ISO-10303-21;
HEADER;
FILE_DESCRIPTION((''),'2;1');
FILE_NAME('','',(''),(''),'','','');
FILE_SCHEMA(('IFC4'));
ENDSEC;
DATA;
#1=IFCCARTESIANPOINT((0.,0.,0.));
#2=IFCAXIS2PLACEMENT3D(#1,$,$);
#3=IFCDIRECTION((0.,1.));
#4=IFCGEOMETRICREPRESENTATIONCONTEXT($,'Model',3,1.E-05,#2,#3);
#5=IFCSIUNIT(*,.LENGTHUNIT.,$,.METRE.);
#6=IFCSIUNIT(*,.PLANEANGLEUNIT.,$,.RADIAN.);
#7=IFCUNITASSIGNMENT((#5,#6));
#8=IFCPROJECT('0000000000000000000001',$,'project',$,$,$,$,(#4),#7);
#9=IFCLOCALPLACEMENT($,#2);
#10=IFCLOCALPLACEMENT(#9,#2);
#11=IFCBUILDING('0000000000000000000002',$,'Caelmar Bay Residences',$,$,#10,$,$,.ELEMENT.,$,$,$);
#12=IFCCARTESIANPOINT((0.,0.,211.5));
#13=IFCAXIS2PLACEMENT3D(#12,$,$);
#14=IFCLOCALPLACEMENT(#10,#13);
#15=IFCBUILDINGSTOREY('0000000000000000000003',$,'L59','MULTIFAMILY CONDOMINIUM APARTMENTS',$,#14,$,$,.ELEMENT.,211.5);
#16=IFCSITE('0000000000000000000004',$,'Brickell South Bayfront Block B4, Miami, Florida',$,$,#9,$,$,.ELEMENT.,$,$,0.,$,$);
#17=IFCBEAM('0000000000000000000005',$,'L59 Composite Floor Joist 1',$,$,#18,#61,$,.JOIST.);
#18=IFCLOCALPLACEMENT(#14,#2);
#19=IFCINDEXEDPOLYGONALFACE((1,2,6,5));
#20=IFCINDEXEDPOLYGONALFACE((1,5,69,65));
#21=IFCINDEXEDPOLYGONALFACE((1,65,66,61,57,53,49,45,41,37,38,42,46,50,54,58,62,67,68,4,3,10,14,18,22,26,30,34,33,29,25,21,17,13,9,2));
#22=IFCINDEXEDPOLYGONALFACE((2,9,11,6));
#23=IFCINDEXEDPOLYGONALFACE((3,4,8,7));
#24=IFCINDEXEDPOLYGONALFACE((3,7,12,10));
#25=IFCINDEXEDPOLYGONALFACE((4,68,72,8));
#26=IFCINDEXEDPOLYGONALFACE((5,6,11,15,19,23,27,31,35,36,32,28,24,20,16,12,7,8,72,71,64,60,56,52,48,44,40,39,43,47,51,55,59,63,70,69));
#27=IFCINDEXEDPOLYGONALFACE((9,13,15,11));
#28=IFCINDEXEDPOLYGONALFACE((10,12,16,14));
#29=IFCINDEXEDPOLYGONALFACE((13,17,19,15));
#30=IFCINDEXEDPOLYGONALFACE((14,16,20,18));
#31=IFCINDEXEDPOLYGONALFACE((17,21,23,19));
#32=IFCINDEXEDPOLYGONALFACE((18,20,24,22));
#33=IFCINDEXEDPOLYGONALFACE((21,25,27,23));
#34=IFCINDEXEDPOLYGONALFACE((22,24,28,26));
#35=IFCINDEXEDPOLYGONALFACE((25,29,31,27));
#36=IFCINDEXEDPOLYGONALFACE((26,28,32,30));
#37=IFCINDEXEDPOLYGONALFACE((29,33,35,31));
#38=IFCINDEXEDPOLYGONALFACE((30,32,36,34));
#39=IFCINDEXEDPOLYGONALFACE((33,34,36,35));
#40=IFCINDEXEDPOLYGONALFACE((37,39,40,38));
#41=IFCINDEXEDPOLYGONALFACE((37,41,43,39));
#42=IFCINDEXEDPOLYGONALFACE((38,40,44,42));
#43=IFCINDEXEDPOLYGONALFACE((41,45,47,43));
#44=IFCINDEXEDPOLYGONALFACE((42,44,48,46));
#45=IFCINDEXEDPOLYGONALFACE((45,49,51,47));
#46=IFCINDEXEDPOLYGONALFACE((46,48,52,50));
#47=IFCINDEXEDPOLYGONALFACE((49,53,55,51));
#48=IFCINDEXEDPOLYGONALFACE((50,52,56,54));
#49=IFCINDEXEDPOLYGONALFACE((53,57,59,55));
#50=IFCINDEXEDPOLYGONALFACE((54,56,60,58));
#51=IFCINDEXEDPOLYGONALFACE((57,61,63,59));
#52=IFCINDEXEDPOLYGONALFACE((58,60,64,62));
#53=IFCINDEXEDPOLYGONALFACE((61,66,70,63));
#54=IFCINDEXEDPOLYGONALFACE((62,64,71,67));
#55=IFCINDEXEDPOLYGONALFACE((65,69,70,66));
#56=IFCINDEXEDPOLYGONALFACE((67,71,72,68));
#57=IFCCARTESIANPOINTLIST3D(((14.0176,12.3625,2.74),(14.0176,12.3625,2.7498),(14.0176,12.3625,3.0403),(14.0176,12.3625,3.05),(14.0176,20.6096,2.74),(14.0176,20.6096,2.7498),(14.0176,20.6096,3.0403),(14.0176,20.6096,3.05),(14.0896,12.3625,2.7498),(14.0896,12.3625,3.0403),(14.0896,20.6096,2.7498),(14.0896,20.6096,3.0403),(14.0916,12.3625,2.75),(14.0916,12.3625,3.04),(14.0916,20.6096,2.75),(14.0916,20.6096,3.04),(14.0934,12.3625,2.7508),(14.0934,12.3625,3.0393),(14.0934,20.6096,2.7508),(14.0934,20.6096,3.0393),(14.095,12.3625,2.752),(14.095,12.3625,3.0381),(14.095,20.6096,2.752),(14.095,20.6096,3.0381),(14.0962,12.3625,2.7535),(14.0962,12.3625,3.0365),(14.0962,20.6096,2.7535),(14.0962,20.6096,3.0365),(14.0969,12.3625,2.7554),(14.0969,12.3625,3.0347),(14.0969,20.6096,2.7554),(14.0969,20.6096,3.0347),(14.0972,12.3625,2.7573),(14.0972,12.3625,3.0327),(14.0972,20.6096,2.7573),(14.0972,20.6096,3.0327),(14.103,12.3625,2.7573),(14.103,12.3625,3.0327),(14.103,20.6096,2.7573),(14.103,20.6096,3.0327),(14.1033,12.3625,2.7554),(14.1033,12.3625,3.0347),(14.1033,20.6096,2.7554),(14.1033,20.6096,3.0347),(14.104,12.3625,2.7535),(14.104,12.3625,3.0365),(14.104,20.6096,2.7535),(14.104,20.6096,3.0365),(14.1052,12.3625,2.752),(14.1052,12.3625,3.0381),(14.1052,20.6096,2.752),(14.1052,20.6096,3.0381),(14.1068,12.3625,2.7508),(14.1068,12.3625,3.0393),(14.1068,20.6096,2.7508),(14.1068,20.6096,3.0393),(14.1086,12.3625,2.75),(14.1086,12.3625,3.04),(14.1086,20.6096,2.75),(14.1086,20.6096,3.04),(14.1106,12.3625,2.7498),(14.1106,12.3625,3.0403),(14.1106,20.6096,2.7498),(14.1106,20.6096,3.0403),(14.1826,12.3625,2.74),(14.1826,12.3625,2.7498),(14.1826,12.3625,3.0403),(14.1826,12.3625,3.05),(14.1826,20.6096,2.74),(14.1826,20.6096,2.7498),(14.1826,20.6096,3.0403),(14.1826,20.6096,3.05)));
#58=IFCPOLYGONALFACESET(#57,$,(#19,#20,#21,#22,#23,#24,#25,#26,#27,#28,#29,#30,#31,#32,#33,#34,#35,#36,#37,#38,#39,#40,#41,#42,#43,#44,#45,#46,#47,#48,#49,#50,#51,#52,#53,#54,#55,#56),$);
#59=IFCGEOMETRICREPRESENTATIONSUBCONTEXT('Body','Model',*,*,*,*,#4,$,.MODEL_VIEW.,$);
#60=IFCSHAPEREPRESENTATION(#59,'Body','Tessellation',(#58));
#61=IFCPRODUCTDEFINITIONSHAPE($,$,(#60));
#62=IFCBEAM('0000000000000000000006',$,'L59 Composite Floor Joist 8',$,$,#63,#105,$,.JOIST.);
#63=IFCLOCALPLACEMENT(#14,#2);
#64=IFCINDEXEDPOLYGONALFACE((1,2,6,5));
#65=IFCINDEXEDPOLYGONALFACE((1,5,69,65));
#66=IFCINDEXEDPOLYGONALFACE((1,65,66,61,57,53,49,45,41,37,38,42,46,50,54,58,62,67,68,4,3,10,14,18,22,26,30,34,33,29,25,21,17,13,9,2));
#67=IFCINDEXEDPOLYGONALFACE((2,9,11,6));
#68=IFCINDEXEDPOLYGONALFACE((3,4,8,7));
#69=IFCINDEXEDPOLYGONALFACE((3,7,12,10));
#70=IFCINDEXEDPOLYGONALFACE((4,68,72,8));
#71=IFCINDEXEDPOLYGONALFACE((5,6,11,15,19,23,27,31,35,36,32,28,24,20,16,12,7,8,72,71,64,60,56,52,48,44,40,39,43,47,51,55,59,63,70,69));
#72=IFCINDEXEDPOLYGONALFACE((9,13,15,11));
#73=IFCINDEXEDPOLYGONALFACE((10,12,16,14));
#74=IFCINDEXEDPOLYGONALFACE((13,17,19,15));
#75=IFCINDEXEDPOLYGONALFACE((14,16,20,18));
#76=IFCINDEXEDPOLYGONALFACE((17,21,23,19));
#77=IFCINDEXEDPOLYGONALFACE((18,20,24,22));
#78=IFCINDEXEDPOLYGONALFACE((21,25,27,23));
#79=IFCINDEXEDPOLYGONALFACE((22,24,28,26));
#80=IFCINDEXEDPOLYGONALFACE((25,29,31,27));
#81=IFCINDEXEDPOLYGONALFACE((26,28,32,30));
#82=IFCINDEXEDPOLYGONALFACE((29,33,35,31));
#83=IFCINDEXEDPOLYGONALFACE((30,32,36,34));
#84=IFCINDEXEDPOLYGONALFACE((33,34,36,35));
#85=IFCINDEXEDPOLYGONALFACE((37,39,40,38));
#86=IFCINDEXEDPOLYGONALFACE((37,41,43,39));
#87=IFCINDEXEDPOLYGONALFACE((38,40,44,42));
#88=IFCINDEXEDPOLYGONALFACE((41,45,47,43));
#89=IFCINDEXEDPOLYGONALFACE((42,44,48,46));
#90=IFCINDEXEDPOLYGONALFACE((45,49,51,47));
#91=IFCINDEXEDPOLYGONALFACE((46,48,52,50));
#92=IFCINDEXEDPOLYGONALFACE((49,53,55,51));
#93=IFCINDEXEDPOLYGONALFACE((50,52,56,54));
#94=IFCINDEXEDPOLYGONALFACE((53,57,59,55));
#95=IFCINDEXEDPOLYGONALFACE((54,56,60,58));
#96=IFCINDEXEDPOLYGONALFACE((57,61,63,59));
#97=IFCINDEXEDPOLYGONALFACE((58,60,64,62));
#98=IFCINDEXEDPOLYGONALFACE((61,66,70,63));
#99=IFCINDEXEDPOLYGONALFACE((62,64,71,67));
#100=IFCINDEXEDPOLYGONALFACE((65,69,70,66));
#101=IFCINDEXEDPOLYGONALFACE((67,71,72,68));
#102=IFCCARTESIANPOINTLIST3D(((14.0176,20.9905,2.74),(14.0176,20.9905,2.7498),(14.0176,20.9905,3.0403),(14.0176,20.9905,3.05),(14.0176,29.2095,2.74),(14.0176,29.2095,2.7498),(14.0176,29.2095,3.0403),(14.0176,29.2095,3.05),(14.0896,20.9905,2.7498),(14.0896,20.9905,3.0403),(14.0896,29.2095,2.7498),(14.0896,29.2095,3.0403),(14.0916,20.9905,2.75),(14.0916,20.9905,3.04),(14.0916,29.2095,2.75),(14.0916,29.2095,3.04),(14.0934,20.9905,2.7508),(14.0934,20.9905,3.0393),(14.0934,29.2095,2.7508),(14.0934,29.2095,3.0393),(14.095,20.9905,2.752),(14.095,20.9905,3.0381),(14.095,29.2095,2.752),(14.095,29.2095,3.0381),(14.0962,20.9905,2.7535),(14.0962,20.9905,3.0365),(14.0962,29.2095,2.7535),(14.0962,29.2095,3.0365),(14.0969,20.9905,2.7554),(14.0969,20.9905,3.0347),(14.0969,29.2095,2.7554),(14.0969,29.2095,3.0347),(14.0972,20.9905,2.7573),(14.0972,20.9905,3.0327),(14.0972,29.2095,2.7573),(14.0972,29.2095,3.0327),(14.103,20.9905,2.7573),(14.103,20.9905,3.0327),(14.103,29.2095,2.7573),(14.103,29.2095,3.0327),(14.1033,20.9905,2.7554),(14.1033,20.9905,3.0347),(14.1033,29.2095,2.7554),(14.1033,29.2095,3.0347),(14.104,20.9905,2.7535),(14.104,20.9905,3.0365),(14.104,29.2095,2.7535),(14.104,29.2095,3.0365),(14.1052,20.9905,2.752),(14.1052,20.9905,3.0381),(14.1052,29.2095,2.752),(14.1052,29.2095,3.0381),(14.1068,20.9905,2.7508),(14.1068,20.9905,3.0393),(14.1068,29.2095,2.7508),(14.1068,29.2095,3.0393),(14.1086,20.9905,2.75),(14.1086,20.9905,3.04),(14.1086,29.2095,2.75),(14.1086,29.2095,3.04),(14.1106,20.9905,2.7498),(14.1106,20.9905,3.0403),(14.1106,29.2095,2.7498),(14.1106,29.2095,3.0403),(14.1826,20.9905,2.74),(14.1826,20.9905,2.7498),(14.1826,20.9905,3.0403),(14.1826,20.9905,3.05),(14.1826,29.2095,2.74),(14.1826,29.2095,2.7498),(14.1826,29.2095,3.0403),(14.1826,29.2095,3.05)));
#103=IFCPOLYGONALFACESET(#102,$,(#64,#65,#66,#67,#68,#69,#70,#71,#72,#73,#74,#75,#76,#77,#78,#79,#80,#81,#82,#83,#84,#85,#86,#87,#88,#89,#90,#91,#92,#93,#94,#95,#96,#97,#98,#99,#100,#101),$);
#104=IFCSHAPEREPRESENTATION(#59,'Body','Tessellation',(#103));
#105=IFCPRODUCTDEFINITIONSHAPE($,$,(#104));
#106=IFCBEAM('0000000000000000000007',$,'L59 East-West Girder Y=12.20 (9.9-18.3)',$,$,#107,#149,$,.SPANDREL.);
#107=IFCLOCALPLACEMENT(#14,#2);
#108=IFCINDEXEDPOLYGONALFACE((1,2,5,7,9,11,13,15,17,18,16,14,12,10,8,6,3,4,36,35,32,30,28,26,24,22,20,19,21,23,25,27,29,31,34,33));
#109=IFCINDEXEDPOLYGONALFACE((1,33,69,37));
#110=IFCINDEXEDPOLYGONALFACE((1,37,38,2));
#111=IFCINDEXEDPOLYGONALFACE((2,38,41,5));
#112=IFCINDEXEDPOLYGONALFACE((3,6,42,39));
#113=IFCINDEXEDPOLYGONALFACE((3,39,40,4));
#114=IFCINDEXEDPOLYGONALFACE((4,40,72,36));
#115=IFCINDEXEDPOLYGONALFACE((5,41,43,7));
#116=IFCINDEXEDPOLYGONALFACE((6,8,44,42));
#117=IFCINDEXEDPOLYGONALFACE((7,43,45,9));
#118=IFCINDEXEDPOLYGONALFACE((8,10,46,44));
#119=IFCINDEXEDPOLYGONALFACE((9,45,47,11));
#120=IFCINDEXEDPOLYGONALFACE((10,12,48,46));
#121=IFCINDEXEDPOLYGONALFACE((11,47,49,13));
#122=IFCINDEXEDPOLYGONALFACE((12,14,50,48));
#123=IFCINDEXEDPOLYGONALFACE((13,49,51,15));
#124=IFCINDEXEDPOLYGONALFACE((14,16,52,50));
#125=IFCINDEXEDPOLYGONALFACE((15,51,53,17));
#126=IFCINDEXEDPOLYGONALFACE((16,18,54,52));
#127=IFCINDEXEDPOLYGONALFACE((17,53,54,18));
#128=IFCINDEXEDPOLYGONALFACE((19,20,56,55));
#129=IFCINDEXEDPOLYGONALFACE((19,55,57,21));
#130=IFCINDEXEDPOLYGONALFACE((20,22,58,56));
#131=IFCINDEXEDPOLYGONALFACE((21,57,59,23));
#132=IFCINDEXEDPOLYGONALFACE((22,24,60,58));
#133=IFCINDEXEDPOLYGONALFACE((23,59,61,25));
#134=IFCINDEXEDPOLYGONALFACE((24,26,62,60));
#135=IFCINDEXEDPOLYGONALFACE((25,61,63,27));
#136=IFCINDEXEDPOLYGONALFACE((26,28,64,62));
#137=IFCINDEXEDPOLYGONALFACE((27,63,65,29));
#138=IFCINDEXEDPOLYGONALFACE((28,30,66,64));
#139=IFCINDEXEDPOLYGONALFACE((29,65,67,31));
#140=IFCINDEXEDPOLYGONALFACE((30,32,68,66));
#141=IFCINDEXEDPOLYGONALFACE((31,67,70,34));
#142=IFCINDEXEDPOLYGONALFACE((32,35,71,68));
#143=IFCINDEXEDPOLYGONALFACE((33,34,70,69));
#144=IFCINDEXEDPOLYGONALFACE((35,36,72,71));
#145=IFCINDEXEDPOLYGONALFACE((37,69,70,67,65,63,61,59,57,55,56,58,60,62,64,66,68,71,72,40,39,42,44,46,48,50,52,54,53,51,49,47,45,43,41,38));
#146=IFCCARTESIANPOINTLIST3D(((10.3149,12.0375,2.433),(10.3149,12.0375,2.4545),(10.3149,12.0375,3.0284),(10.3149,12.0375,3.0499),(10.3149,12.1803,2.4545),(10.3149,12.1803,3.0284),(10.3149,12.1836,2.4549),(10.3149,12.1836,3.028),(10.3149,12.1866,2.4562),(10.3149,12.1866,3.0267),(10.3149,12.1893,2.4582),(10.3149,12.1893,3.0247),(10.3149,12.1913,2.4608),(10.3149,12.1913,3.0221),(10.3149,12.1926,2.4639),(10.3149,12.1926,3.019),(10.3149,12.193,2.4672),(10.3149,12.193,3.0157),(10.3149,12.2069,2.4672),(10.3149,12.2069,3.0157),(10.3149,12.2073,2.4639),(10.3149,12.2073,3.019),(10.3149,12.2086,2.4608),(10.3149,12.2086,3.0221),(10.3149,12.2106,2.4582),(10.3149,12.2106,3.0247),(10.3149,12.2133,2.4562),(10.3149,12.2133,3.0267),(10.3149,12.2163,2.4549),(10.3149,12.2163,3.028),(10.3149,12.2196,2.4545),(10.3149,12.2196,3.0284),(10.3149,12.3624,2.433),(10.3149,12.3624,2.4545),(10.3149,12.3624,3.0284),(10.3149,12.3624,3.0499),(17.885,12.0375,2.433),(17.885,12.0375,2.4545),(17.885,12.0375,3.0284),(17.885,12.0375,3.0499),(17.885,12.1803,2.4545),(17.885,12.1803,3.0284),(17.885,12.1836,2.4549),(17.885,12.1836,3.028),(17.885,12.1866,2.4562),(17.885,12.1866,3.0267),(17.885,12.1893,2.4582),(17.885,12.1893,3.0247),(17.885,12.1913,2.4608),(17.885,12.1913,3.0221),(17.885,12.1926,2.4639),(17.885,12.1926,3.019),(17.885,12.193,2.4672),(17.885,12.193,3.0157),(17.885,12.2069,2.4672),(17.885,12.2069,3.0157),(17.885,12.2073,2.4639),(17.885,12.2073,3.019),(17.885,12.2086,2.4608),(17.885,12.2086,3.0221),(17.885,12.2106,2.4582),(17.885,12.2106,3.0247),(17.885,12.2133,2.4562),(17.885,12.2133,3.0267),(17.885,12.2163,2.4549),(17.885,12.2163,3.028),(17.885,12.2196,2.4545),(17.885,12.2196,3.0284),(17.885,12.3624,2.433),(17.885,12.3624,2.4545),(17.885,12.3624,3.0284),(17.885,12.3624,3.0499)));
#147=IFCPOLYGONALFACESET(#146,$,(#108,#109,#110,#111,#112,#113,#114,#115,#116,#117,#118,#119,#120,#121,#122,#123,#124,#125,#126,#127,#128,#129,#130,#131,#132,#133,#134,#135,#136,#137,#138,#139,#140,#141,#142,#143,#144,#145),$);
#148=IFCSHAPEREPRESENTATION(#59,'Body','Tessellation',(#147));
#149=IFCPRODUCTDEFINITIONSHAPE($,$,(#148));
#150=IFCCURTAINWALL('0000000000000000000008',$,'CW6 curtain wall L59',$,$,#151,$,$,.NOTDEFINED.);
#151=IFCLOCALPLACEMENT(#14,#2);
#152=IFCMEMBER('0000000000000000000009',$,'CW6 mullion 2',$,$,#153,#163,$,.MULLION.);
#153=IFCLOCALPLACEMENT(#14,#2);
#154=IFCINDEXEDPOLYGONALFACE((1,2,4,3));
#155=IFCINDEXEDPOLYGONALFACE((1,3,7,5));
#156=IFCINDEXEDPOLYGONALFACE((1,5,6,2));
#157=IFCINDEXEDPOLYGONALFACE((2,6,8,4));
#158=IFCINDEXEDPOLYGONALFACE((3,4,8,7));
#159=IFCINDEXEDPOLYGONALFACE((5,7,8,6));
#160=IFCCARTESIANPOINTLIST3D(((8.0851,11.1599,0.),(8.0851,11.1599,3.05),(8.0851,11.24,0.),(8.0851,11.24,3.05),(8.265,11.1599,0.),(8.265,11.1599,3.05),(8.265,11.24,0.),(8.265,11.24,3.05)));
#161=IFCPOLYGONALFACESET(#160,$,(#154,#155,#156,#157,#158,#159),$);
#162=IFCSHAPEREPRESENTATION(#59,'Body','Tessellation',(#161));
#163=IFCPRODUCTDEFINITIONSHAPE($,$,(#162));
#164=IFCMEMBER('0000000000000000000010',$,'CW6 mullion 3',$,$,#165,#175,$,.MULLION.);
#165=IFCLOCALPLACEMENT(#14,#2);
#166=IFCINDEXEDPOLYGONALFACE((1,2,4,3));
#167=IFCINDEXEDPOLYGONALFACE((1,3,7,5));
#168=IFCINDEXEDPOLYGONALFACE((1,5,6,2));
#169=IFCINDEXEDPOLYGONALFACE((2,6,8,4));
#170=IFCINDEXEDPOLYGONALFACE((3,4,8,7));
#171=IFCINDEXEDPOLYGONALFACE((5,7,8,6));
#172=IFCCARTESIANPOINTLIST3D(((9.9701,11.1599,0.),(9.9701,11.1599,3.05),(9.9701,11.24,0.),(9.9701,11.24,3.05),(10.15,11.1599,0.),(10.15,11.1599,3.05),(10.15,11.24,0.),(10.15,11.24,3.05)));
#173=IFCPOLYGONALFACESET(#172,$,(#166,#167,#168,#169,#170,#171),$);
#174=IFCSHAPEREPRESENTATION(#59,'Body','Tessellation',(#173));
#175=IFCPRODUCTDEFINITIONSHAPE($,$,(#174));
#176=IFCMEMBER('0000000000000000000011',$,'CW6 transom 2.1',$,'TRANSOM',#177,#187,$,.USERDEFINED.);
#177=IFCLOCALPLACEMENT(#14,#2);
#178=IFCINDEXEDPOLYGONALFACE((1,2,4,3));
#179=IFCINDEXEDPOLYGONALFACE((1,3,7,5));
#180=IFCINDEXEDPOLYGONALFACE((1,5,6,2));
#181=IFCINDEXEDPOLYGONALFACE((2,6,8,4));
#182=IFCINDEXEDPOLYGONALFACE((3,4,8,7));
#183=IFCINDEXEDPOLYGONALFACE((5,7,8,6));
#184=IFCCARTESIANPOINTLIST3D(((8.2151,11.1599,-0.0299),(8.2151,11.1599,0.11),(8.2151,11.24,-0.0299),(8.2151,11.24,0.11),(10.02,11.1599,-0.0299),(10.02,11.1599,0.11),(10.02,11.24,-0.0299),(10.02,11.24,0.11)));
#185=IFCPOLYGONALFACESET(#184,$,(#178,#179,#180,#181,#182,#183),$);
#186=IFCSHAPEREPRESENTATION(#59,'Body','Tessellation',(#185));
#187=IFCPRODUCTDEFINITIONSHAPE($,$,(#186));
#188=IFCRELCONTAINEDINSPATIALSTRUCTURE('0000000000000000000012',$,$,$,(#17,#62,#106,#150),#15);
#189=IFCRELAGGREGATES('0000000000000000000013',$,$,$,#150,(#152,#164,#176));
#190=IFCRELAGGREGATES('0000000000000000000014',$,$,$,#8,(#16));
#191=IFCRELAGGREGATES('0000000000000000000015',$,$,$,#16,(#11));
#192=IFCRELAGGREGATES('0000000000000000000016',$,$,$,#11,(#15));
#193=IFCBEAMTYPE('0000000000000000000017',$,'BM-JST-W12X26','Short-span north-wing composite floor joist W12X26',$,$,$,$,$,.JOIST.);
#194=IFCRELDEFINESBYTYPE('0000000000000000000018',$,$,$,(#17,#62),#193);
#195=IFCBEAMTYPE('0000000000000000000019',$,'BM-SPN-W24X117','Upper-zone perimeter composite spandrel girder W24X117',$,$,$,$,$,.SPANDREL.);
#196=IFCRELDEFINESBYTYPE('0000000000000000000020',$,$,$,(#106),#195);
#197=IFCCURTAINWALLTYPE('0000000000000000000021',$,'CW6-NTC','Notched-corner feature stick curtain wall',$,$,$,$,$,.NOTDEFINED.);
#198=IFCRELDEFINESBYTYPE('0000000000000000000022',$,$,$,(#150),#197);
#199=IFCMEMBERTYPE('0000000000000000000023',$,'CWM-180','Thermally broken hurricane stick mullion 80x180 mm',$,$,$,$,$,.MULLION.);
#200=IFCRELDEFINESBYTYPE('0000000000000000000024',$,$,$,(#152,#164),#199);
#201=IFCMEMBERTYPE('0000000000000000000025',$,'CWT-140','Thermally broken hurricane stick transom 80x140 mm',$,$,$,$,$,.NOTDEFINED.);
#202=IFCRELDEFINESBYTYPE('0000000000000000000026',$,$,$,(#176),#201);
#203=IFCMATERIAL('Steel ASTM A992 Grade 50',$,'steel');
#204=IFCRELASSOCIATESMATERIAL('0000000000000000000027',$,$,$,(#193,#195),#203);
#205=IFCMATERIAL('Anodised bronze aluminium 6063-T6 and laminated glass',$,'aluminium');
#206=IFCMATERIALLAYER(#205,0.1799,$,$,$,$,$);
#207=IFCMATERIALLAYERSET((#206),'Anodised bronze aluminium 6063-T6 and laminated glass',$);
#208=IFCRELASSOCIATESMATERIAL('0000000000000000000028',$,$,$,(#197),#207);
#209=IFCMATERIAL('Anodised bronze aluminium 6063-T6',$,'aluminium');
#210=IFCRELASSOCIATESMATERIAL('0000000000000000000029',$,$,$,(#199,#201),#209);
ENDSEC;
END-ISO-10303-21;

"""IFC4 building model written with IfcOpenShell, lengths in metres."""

from ifc_helpers import new_model, si_unit, direction, frame, origin, origin_2d, place, context, subcontext, project, spatial, rectangle, i_section, extrude, material, layer, layer_set, material_profile, profile_set, type_object, element, aggregate, save


model = new_model("IFC4")

# Units and contexts
model_context = context("Model", 3, precision=1e-05, world=origin(), true_north=direction((0.0, 1.0)))
body_context = subcontext(model_context, "Body", "Model", "MODEL_VIEW")
ifc_project = project(units=[si_unit("LENGTHUNIT", "METRE"), si_unit("PLANEANGLEUNIT", "RADIAN")], contexts=[model_context])

# Site, building, storey
site_placement = place(None, origin())
site = spatial("IfcSite", under=ifc_project, at=site_placement, Name="Brickell South Bayfront Block B4, Miami, Florida", CompositionType="ELEMENT", RefElevation=0.0)
building_placement = place(site_placement, origin())
building = spatial("IfcBuilding", under=site, at=building_placement, Name="Caelmar Bay Residences", CompositionType="ELEMENT")
storey_placement = place(building_placement, frame((0.0, 0.0, 211.5)))
storey = spatial("IfcBuildingStorey", under=building, at=storey_placement, Name="L59", Description="MULTIFAMILY CONDOMINIUM APARTMENTS", CompositionType="ELEMENT", Elevation=211.5)

# Beams
ifc_material_1 = material(Name="Steel ASTM A992 Grade 50", Category="steel")
ifc_material_profile_1 = material_profile(ifc_material_1, i_section(OverallWidth=0.165, OverallDepth=0.3101, WebThickness=0.0059, FlangeThickness=0.0098, FilletRadius=0.0076, at=origin_2d()), Name="W12X26")
ifc_profile_set_1 = profile_set([ifc_material_profile_1], Name="Steel ASTM A992 Grade 50")
beam_type_1 = type_object("IfcBeamType", Name="BM-JST-W12X26", Description="Short-span north-wing composite floor joist W12X26", PredefinedType="JOIST", material=ifc_profile_set_1)
beam_1_placement = place(storey_placement, frame((14.1001, 12.3625, 2.895), z_axis=(0.0, 1.0, 0.0), x_axis=(-1.0, 0.0, 0.0)))
element("IfcBeam", 1, at=beam_1_placement, inside=storey, type_object=beam_type_1, Name="L59 Composite Floor Joist 1", PredefinedType="JOIST", context=body_context, shape_type="SweptSolid", body=[
    extrude(i_section(OverallWidth=0.165, OverallDepth=0.3101, WebThickness=0.0059, FlangeThickness=0.0098, FilletRadius=0.0076, at=origin_2d()), origin(), (0.0, 0.0, 1.0), 8.2471),
])
beam_2_placement = place(storey_placement, frame((14.1001, 20.9905, 2.895), z_axis=(0.0, 1.0, 0.0), x_axis=(-1.0, 0.0, 0.0)))
element("IfcBeam", 2, at=beam_2_placement, inside=storey, type_object=beam_type_1, Name="L59 Composite Floor Joist 8", PredefinedType="JOIST", context=body_context, shape_type="SweptSolid", body=[
    extrude(i_section(OverallWidth=0.165, OverallDepth=0.3101, WebThickness=0.0059, FlangeThickness=0.0098, FilletRadius=0.0076, at=origin_2d()), origin(), (0.0, 0.0, 1.0), 8.219),
])
ifc_material_profile_2 = material_profile(ifc_material_1, i_section(OverallWidth=0.325, OverallDepth=0.6169, WebThickness=0.0139, FlangeThickness=0.0215, FilletRadius=0.0127, at=origin_2d()), Name="W24X117")
ifc_profile_set_2 = profile_set([ifc_material_profile_2], Name="Steel ASTM A992 Grade 50")
beam_type_2 = type_object("IfcBeamType", Name="BM-SPN-W24X117", Description="Upper-zone perimeter composite spandrel girder W24X117", PredefinedType="SPANDREL", material=ifc_profile_set_2)
beam_3_placement = place(storey_placement, frame((10.3149, 12.2, 2.7415), z_axis=(1.0, 0.0, 0.0), x_axis=(0.0, 1.0, 0.0)))
element("IfcBeam", 3, at=beam_3_placement, inside=storey, type_object=beam_type_2, Name="L59 East-West Girder Y=12.20 (9.9-18.3)", PredefinedType="SPANDREL", context=body_context, shape_type="SweptSolid", body=[
    extrude(i_section(OverallWidth=0.325, OverallDepth=0.6169, WebThickness=0.0139, FlangeThickness=0.0215, FilletRadius=0.0127, at=origin_2d()), origin(), (0.0, 0.0, 1.0), 7.5701),
])

# Curtain wall, members
ifc_material_2 = material(Name="Anodised bronze aluminium 6063-T6 and laminated glass", Category="aluminium")
ifc_layer_1 = layer(ifc_material_2, 0.1799)
ifc_layer_set_1 = layer_set([ifc_layer_1], Name="Anodised bronze aluminium 6063-T6 and laminated glass")
curtain_wall_type = type_object("IfcCurtainWallType", Name="CW6-NTC", Description="Notched-corner feature stick curtain wall", PredefinedType="NOTDEFINED", material=ifc_layer_set_1)
curtain_wall_placement = place(storey_placement, origin())
curtain_wall = element("IfcCurtainWall", 4, at=curtain_wall_placement, inside=storey, type_object=curtain_wall_type, Name="CW6 curtain wall L59", PredefinedType="NOTDEFINED")
ifc_material_3 = material(Name="Anodised bronze aluminium 6063-T6", Category="aluminium")
ifc_material_profile_3 = material_profile(ifc_material_3, rectangle(XDim=0.0801, YDim=0.1799, at=origin_2d()), Name="CWM-80X180")
ifc_profile_set_3 = profile_set([ifc_material_profile_3], Name="Anodised bronze aluminium 6063-T6")
member_type_1 = type_object("IfcMemberType", Name="CWM-180", Description="Thermally broken hurricane stick mullion 80x180 mm", PredefinedType="MULLION", material=ifc_profile_set_3)
member_1_placement = place(storey_placement, frame((8.175, 11.2, 0.0), z_axis=(0.0, 0.0, 1.0), x_axis=(0.0, 1.0, 0.0)))
member_1 = element("IfcMember", 5, at=member_1_placement, type_object=member_type_1, Name="CW6 mullion 2", PredefinedType="MULLION", context=body_context, shape_type="SweptSolid", body=[
    extrude(rectangle(XDim=0.0801, YDim=0.1799, at=origin_2d()), origin(), (0.0, 0.0, 1.0), 3.05),
])
member_2_placement = place(storey_placement, frame((10.0601, 11.2, 0.0), z_axis=(0.0, 0.0, 1.0), x_axis=(0.0, 1.0, 0.0)))
member_2 = element("IfcMember", 6, at=member_2_placement, type_object=member_type_1, Name="CW6 mullion 3", PredefinedType="MULLION", context=body_context, shape_type="SweptSolid", body=[
    extrude(rectangle(XDim=0.0801, YDim=0.1799, at=origin_2d()), origin(), (0.0, 0.0, 1.0), 3.05),
])
ifc_material_profile_4 = material_profile(ifc_material_3, rectangle(XDim=0.0801, YDim=0.1399, at=origin_2d()), Name="CWT-80X140")
ifc_profile_set_4 = profile_set([ifc_material_profile_4], Name="Anodised bronze aluminium 6063-T6")
member_type_2 = type_object("IfcMemberType", Name="CWT-140", Description="Thermally broken hurricane stick transom 80x140 mm", PredefinedType="NOTDEFINED", material=ifc_profile_set_4)
member_3_placement = place(storey_placement, frame((8.2151, 11.2, 0.04), z_axis=(1.0, 0.0, 0.0), x_axis=(0.0, 1.0, 0.0)))
member_3 = element("IfcMember", 7, at=member_3_placement, type_object=member_type_2, Name="CW6 transom 2.1", ObjectType="TRANSOM", PredefinedType="USERDEFINED", context=body_context, shape_type="SweptSolid", body=[
    extrude(rectangle(XDim=0.0801, YDim=0.1399, at=origin_2d()), origin(), (0.0, 0.0, 1.0), 1.8049),
])
aggregate(curtain_wall, [member_1, member_2, member_3])

save(model, "model.ifc")
